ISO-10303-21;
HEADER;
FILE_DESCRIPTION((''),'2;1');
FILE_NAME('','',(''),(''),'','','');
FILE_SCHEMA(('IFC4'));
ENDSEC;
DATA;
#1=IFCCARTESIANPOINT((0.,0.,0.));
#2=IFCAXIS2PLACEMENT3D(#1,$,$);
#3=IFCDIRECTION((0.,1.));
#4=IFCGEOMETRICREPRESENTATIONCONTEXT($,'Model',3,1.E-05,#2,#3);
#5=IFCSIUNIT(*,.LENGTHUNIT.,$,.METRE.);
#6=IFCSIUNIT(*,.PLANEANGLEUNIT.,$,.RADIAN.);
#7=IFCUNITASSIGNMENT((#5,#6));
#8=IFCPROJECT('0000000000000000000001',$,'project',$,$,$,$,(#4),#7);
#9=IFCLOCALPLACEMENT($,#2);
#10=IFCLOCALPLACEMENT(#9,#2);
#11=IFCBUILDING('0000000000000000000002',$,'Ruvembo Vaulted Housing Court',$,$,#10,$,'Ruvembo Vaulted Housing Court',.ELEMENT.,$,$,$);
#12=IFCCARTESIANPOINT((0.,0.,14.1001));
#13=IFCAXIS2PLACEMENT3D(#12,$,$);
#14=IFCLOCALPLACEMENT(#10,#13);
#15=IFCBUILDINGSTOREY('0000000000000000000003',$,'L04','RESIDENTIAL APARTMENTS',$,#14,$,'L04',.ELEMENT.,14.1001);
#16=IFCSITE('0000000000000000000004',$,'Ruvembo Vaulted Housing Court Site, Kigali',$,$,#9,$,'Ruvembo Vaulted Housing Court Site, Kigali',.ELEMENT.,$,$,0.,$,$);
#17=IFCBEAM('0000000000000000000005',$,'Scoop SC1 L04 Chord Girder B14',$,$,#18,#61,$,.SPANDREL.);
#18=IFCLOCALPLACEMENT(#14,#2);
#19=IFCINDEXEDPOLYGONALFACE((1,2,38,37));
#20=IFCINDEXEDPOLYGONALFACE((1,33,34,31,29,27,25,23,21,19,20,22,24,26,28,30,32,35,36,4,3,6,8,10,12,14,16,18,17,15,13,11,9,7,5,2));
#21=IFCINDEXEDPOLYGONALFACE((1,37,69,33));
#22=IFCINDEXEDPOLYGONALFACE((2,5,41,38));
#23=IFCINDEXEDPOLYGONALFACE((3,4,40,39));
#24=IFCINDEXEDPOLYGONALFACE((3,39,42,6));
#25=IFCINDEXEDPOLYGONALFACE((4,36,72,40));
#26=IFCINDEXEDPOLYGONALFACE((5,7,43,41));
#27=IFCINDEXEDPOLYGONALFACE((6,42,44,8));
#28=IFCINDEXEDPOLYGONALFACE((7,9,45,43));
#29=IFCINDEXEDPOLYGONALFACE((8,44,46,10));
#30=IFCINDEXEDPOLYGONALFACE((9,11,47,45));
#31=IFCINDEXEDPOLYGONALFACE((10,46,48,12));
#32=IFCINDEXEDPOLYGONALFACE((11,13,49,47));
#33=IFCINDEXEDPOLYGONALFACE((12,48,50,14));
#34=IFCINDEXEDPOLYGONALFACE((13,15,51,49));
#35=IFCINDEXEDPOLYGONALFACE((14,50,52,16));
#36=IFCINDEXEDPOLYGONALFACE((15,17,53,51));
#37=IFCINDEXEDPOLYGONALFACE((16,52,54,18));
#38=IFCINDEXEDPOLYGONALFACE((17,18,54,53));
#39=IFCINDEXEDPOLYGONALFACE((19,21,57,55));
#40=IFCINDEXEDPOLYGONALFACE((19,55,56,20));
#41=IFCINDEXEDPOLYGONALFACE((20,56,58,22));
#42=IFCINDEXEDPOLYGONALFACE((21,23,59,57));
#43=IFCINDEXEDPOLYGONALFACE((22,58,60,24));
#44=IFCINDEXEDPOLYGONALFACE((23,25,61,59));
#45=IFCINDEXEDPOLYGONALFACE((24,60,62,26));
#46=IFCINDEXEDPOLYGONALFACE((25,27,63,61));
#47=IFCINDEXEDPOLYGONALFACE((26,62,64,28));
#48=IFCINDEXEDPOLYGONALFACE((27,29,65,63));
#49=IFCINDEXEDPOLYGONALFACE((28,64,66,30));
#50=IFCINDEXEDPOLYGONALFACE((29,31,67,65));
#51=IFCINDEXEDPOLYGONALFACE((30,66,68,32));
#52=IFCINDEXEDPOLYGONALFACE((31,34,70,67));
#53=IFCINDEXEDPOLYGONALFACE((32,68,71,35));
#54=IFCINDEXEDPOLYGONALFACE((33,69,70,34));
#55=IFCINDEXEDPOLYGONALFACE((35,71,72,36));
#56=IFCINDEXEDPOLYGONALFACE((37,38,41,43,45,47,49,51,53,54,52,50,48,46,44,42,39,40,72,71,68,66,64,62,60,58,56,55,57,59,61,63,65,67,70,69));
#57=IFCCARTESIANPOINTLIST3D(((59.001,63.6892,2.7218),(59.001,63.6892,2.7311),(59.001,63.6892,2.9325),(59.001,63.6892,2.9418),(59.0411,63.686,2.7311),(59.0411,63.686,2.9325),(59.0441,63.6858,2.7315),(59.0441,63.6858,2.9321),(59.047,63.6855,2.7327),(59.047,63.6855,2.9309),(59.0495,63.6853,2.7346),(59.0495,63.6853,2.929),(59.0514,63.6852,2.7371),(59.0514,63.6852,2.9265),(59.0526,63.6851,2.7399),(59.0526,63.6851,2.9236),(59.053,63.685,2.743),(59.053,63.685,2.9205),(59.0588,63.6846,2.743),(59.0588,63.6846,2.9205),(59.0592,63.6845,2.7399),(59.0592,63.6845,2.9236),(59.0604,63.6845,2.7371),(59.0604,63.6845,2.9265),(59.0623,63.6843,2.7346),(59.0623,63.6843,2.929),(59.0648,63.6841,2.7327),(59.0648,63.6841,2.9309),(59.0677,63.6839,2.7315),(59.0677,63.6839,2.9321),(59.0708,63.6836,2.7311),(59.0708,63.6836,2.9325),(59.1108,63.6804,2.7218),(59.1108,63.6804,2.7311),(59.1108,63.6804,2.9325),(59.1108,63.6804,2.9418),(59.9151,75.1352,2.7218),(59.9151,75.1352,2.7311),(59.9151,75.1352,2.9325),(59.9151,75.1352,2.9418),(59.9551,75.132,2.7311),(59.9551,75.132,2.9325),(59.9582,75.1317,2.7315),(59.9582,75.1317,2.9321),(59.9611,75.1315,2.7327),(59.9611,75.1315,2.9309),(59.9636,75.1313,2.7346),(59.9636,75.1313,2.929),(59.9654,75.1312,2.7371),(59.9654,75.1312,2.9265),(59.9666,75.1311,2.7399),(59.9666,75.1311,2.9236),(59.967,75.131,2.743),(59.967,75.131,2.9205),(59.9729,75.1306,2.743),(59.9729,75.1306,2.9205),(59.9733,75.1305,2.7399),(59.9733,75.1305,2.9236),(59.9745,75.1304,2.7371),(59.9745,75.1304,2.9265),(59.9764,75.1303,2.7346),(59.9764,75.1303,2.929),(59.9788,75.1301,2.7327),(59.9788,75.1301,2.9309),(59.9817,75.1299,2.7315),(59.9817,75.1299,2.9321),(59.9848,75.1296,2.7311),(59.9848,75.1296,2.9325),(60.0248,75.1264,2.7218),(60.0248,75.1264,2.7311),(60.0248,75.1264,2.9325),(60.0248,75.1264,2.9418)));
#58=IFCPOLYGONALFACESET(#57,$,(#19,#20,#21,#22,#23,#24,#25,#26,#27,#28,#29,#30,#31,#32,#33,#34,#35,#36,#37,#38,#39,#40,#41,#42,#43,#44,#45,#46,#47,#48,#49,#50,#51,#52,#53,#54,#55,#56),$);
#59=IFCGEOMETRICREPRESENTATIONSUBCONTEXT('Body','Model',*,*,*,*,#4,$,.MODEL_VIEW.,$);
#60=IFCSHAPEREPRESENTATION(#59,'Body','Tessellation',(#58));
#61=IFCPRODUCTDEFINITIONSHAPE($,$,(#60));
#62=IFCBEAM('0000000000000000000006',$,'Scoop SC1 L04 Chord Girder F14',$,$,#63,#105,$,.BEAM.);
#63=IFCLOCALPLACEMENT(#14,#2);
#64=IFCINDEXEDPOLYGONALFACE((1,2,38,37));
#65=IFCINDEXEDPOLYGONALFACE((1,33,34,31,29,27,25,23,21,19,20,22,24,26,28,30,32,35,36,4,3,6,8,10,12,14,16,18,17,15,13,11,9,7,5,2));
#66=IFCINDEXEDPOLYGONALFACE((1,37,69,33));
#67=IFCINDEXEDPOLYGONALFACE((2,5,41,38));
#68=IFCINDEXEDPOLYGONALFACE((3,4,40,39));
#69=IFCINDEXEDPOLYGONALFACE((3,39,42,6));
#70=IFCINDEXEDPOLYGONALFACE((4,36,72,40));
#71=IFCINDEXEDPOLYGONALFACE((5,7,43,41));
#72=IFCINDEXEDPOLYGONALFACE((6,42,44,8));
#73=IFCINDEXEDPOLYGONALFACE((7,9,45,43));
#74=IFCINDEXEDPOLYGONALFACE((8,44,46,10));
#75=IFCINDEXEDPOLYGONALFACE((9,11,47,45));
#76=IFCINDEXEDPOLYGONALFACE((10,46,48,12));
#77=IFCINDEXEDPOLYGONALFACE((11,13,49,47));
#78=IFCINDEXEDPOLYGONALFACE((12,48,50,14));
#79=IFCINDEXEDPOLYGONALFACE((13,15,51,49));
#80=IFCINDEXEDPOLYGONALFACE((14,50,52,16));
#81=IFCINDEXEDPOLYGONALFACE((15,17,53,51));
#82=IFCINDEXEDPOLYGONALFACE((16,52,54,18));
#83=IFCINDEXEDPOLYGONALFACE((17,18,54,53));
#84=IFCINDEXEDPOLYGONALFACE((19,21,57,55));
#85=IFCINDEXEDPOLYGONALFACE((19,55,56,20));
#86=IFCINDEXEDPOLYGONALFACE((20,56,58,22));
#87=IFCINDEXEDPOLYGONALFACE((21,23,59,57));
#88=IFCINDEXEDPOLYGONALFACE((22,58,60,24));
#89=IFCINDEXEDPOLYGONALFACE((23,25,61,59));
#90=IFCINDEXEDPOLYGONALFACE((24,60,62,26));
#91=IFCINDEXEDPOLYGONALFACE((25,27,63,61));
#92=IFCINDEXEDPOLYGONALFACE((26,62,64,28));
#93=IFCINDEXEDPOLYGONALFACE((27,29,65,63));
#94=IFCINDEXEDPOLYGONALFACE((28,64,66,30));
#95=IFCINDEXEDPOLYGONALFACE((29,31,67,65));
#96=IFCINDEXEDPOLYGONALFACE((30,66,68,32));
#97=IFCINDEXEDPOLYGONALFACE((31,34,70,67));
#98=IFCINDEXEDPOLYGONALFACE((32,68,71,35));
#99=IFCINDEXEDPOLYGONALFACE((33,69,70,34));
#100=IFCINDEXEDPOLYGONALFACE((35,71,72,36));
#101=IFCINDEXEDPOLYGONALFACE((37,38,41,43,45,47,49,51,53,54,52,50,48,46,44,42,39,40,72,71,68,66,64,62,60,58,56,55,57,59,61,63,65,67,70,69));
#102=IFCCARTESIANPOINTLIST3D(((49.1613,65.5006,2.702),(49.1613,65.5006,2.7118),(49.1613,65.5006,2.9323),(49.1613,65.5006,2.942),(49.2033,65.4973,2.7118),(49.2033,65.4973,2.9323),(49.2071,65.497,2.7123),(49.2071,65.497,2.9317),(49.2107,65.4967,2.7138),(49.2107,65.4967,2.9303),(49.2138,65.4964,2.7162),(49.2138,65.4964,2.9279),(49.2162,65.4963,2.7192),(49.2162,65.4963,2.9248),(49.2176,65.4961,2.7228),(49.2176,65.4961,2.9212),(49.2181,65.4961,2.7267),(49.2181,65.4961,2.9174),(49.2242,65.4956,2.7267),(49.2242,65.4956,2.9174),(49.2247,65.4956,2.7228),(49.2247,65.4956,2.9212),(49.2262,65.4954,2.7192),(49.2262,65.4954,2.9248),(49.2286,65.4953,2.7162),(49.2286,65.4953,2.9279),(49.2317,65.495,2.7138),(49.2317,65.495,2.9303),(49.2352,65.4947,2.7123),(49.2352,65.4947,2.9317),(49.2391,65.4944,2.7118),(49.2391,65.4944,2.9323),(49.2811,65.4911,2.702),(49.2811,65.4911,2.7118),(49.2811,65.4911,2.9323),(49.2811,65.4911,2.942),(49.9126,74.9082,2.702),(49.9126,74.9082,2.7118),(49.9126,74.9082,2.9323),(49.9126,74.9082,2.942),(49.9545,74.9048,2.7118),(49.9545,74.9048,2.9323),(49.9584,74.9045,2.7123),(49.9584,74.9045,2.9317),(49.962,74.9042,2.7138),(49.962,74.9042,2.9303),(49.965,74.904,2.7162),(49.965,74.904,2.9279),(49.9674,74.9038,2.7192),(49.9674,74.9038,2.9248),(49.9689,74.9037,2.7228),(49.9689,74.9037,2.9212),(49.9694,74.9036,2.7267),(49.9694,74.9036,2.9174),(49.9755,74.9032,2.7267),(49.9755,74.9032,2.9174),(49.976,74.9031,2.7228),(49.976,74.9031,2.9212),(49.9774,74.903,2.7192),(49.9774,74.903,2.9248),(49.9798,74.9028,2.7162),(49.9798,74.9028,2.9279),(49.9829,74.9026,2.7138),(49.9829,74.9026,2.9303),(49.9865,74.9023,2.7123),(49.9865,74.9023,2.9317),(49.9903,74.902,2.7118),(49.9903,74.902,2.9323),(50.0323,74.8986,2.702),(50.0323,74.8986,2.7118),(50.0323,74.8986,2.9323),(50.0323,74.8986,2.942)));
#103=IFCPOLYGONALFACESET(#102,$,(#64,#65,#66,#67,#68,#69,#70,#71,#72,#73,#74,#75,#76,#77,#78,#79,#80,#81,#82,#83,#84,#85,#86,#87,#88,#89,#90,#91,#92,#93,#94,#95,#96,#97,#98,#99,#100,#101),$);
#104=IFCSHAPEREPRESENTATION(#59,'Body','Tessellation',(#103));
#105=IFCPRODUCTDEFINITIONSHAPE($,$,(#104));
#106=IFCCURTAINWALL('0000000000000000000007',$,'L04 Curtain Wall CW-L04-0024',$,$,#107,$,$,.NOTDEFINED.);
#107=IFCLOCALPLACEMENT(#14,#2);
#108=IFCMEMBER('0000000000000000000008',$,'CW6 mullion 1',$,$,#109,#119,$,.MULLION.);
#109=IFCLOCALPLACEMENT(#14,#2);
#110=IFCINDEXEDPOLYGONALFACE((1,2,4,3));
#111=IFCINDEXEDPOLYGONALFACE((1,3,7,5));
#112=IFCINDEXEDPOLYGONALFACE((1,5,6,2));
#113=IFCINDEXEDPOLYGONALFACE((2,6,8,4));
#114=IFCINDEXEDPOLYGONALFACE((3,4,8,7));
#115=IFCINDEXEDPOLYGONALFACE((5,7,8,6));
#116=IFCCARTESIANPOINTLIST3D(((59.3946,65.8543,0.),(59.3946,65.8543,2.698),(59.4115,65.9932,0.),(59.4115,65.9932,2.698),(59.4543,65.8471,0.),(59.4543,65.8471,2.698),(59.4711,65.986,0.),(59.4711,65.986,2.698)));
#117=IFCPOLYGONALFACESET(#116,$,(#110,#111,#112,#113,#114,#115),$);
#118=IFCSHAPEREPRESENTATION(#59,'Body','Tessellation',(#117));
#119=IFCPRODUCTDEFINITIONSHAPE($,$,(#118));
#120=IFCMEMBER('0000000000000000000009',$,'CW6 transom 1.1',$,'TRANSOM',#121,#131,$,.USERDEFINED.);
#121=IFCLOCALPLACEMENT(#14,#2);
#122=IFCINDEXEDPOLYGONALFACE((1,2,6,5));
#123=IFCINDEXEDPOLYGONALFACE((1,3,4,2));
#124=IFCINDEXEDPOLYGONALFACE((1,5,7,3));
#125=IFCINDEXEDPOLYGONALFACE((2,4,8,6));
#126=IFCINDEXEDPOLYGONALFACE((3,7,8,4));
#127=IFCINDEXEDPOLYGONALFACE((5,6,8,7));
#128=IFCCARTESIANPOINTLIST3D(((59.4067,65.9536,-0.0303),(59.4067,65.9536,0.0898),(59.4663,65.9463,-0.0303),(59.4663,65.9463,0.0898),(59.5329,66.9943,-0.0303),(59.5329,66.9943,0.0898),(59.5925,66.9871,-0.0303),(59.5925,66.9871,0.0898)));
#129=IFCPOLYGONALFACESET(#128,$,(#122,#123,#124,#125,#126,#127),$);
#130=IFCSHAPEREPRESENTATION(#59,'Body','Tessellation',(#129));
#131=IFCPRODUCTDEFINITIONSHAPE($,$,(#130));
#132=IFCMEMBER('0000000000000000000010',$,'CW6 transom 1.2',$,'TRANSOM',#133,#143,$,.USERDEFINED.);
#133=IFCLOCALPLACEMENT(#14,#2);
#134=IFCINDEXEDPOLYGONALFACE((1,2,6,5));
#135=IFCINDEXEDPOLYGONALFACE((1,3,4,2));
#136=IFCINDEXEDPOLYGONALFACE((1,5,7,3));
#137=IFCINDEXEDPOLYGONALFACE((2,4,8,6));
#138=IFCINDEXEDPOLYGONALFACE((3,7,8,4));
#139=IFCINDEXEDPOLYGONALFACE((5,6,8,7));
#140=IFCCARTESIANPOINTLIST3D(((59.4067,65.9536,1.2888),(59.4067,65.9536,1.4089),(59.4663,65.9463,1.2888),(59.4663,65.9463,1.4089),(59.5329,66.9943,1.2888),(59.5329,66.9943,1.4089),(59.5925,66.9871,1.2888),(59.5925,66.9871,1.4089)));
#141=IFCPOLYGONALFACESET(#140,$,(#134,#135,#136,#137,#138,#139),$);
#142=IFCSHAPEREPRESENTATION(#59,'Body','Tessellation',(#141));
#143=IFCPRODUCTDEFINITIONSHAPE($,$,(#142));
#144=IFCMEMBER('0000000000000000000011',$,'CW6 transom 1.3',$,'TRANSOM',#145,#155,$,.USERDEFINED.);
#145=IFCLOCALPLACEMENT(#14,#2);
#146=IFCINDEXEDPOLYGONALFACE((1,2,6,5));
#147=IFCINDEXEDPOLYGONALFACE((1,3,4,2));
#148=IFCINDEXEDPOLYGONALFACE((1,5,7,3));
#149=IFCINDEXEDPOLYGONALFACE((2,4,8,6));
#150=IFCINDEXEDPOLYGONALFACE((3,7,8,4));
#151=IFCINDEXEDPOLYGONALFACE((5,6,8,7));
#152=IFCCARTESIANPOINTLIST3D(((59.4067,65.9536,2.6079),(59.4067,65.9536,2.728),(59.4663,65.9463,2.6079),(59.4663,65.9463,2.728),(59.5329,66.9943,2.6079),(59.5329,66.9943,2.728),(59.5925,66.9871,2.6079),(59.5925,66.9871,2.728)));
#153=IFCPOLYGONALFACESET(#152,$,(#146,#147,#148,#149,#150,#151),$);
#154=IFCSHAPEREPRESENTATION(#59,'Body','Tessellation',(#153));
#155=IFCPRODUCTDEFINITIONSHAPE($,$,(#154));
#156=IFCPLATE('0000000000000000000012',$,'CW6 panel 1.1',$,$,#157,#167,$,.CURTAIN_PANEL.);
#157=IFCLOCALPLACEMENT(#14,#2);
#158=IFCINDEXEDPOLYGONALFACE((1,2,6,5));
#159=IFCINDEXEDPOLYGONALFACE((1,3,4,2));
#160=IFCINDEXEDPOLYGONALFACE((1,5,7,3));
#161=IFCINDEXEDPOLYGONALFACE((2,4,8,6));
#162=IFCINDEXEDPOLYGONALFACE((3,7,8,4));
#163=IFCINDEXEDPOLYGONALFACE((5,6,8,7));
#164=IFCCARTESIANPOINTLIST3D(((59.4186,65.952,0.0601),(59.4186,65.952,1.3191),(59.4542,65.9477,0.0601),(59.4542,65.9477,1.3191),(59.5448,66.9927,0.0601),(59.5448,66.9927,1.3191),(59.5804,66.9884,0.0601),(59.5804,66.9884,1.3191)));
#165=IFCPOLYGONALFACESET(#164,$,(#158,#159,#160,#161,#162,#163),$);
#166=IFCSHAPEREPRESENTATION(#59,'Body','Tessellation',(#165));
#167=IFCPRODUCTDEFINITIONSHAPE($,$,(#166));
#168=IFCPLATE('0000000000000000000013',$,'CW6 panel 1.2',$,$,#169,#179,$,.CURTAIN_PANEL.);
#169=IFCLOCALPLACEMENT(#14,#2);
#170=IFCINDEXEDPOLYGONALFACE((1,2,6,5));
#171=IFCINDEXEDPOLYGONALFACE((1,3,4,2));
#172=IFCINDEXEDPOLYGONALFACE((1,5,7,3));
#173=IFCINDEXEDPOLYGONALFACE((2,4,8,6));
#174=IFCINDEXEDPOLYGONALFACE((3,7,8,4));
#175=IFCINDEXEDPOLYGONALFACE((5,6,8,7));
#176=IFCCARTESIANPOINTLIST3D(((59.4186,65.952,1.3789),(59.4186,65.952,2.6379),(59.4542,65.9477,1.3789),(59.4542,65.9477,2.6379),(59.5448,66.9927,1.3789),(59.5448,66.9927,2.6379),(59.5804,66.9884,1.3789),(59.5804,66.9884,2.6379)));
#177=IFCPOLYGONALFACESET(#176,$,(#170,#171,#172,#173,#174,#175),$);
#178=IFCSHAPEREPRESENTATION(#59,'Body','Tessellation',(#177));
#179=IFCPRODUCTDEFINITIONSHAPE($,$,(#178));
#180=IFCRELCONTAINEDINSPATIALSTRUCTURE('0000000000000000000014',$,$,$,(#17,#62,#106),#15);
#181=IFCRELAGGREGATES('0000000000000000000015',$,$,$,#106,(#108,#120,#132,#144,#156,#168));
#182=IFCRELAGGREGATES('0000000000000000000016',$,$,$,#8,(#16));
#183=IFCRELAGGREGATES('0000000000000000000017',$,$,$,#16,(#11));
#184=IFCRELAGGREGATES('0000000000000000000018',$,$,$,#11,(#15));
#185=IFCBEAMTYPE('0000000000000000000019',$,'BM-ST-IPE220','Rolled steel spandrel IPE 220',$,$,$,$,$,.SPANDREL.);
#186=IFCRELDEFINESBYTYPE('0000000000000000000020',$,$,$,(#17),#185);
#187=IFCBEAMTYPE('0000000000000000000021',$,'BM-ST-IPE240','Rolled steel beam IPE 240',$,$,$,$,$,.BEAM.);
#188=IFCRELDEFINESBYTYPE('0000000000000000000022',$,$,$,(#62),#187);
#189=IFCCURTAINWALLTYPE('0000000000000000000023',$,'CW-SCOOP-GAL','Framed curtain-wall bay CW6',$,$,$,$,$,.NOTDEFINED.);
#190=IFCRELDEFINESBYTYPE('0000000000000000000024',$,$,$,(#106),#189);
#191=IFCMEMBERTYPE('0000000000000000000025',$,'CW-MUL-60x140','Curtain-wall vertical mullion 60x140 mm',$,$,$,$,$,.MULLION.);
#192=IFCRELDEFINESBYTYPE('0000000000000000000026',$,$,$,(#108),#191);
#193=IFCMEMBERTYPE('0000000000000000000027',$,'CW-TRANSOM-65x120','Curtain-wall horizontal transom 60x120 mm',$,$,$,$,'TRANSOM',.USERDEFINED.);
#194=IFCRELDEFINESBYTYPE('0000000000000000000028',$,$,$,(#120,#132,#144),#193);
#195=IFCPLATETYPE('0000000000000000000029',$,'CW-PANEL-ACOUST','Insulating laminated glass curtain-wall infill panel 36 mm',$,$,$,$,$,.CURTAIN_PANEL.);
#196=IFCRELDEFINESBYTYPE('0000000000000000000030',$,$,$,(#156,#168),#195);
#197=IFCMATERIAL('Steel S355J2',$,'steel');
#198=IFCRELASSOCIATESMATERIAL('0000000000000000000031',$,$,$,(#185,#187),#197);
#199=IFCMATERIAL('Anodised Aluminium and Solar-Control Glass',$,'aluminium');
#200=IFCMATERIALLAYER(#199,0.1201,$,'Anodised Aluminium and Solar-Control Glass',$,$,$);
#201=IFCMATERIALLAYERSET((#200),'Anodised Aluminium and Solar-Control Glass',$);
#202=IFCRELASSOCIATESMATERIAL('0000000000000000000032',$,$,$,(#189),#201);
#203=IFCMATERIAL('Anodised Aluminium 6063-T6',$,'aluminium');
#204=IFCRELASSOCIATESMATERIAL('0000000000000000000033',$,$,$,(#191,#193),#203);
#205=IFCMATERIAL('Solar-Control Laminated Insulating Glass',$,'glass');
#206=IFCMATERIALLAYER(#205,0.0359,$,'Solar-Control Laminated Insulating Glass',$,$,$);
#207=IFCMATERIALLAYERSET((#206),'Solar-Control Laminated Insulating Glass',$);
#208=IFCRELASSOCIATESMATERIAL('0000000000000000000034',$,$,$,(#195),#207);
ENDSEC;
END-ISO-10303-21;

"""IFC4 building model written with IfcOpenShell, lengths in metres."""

from ifc_helpers import new_model, si_unit, direction, frame, origin, origin_2d, place, context, subcontext, project, spatial, rectangle, i_section, extrude, material, layer, layer_set, material_profile, profile_set, type_object, element, aggregate, save


model = new_model("IFC4")

# Units and contexts
model_context = context("Model", 3, precision=1e-05, world=origin(), true_north=direction((0.0, 1.0)))
body_context = subcontext(model_context, "Body", "Model", "MODEL_VIEW")
ifc_project = project(units=[si_unit("LENGTHUNIT", "METRE"), si_unit("PLANEANGLEUNIT", "RADIAN")], contexts=[model_context])

# Site, building, storey
site_placement = place(None, origin())
site = spatial("IfcSite", under=ifc_project, at=site_placement, Name="Ruvembo Vaulted Housing Court Site, Kigali", LongName="Ruvembo Vaulted Housing Court Site, Kigali", CompositionType="ELEMENT", RefElevation=0.0)
building_placement = place(site_placement, origin())
building = spatial("IfcBuilding", under=site, at=building_placement, Name="Ruvembo Vaulted Housing Court", LongName="Ruvembo Vaulted Housing Court", CompositionType="ELEMENT")
storey_placement = place(building_placement, frame((0.0, 0.0, 14.1001)))
storey = spatial("IfcBuildingStorey", under=building, at=storey_placement, Name="L04", Description="RESIDENTIAL APARTMENTS", LongName="L04", CompositionType="ELEMENT", Elevation=14.1001)

# Beams
ifc_material_1 = material(Name="Steel S355J2", Category="steel")
ifc_material_profile_1 = material_profile(ifc_material_1, i_section(OverallWidth=0.1101, OverallDepth=0.22, WebThickness=0.0059, FlangeThickness=0.0093, FilletRadius=0.012, at=origin_2d()), Name="IPE 220")
ifc_profile_set_1 = profile_set([ifc_material_profile_1], Name="Steel S355J2")
beam_type_1 = type_object("IfcBeamType", Name="BM-ST-IPE220", Description="Rolled steel spandrel IPE 220", PredefinedType="SPANDREL", material=ifc_profile_set_1)
beam_1_placement = place(storey_placement, frame((59.0559, 63.6848, 2.8318), z_axis=(0.079605, 0.996826, 0.0), x_axis=(-0.996826, 0.079605, 0.0)))
element("IfcBeam", 1, at=beam_1_placement, inside=storey, type_object=beam_type_1, Name="Scoop SC1 L04 Chord Girder B14", PredefinedType="SPANDREL", context=body_context, shape_type="SweptSolid", body=[
    extrude(i_section(OverallWidth=0.1101, OverallDepth=0.22, WebThickness=0.0059, FlangeThickness=0.0093, FilletRadius=0.012, at=origin_2d()), origin(), (0.0, 0.0, 1.0), 11.4824),
])
ifc_material_profile_2 = material_profile(ifc_material_1, i_section(OverallWidth=0.1201, OverallDepth=0.24, WebThickness=0.0061, FlangeThickness=0.0098, FilletRadius=0.0149, at=origin_2d()), Name="IPE 240")
ifc_profile_set_2 = profile_set([ifc_material_profile_2], Name="Steel S355J2")
beam_type_2 = type_object("IfcBeamType", Name="BM-ST-IPE240", Description="Rolled steel beam IPE 240", PredefinedType="BEAM", material=ifc_profile_set_2)
beam_2_placement = place(storey_placement, frame((49.2212, 65.4958, 2.822), z_axis=(0.0796, 0.996827, 0.0), x_axis=(-0.996827, 0.0796, 0.0)))
element("IfcBeam", 2, at=beam_2_placement, inside=storey, type_object=beam_type_2, Name="Scoop SC1 L04 Chord Girder F14", PredefinedType="BEAM", context=body_context, shape_type="SweptSolid", body=[
    extrude(i_section(OverallWidth=0.1201, OverallDepth=0.24, WebThickness=0.0061, FlangeThickness=0.0098, FilletRadius=0.0149, at=origin_2d()), origin(), (0.0, 0.0, 1.0), 9.4375),
])

# Curtain wall, members, plates
ifc_material_2 = material(Name="Anodised Aluminium and Solar-Control Glass", Category="aluminium")
ifc_layer_1 = layer(ifc_material_2, 0.1201, Name="Anodised Aluminium and Solar-Control Glass")
ifc_layer_set_1 = layer_set([ifc_layer_1], Name="Anodised Aluminium and Solar-Control Glass")
curtain_wall_type = type_object("IfcCurtainWallType", Name="CW-SCOOP-GAL", Description="Framed curtain-wall bay CW6", PredefinedType="NOTDEFINED", material=ifc_layer_set_1)
curtain_wall_placement = place(storey_placement, origin())
curtain_wall = element("IfcCurtainWall", 3, at=curtain_wall_placement, inside=storey, type_object=curtain_wall_type, Name="L04 Curtain Wall CW-L04-0024", PredefinedType="NOTDEFINED")
ifc_material_3 = material(Name="Anodised Aluminium 6063-T6", Category="aluminium")
ifc_material_profile_3 = material_profile(ifc_material_3, rectangle(XDim=0.0601, YDim=0.1399, at=origin_2d()), Name="ALU 60x140")
ifc_profile_set_3 = profile_set([ifc_material_profile_3], Name="Anodised Aluminium 6063-T6")
member_type_1 = type_object("IfcMemberType", Name="CW-MUL-60x140", Description="Curtain-wall vertical mullion 60x140 mm", PredefinedType="MULLION", material=ifc_profile_set_3)
member_1_placement = place(storey_placement, frame((59.4329, 65.9202, 0.0), z_axis=(0.0, 0.0, 1.0), x_axis=(-0.992725, 0.120401, 0.0)))
member_1 = element("IfcMember", 4, at=member_1_placement, type_object=member_type_1, Name="CW6 mullion 1", PredefinedType="MULLION", context=body_context, shape_type="SweptSolid", body=[
    extrude(rectangle(XDim=0.0601, YDim=0.1399, at=origin_2d()), origin(), (0.0, 0.0, 1.0), 2.698),
])
ifc_material_profile_4 = material_profile(ifc_material_3, rectangle(XDim=0.0601, YDim=0.1201, at=origin_2d()), Name="ALU 60x120")
ifc_profile_set_4 = profile_set([ifc_material_profile_4], Name="Anodised Aluminium 6063-T6")
member_type_2 = type_object("IfcMemberType", Name="CW-TRANSOM-65x120", Description="Curtain-wall horizontal transom 60x120 mm", ElementType="TRANSOM", PredefinedType="USERDEFINED", material=ifc_profile_set_4)
member_2_placement = place(storey_placement, frame((59.4365, 65.95, 0.0298), z_axis=(0.120394, 0.992726, 0.0), x_axis=(-0.992726, 0.120394, 0.0)))
member_2 = element("IfcMember", 5, at=member_2_placement, type_object=member_type_2, Name="CW6 transom 1.1", ObjectType="TRANSOM", PredefinedType="USERDEFINED", context=body_context, shape_type="SweptSolid", body=[
    extrude(rectangle(XDim=0.0601, YDim=0.1201, at=origin_2d()), origin(), (0.0, 0.0, 1.0), 1.0483),
])
member_3_placement = place(storey_placement, frame((59.4365, 65.95, 1.3489), z_axis=(0.120394, 0.992726, 0.0), x_axis=(-0.992726, 0.120394, 0.0)))
member_3 = element("IfcMember", 6, at=member_3_placement, type_object=member_type_2, Name="CW6 transom 1.2", ObjectType="TRANSOM", PredefinedType="USERDEFINED", context=body_context, shape_type="SweptSolid", body=[
    extrude(rectangle(XDim=0.0601, YDim=0.1201, at=origin_2d()), origin(), (0.0, 0.0, 1.0), 1.0483),
])
member_4_placement = place(storey_placement, frame((59.4365, 65.95, 2.668), z_axis=(0.120394, 0.992726, 0.0), x_axis=(-0.992726, 0.120394, 0.0)))
member_4 = element("IfcMember", 7, at=member_4_placement, type_object=member_type_2, Name="CW6 transom 1.3", ObjectType="TRANSOM", PredefinedType="USERDEFINED", context=body_context, shape_type="SweptSolid", body=[
    extrude(rectangle(XDim=0.0601, YDim=0.1201, at=origin_2d()), origin(), (0.0, 0.0, 1.0), 1.0483),
])
ifc_material_4 = material(Name="Solar-Control Laminated Insulating Glass", Category="glass")
ifc_layer_2 = layer(ifc_material_4, 0.0359, Name="Solar-Control Laminated Insulating Glass")
ifc_layer_set_2 = layer_set([ifc_layer_2], Name="Solar-Control Laminated Insulating Glass")
plate_type = type_object("IfcPlateType", Name="CW-PANEL-ACOUST", Description="Insulating laminated glass curtain-wall infill panel 36 mm", PredefinedType="CURTAIN_PANEL", material=ifc_layer_set_2)
plate_1_placement = place(storey_placement, frame((59.4995, 66.4702, 0.0601), z_axis=(0.0, 0.0, 1.0), x_axis=(0.120401, 0.992725, 0.0)))
plate_1 = element("IfcPlate", 8, at=plate_1_placement, type_object=plate_type, Name="CW6 panel 1.1", PredefinedType="CURTAIN_PANEL", context=body_context, shape_type="SweptSolid", body=[
    extrude(rectangle(XDim=1.0483, YDim=0.0359, at=origin_2d()), origin(), (0.0, 0.0, 1.0), 1.259),
])
plate_2_placement = place(storey_placement, frame((59.4995, 66.4702, 1.3789), z_axis=(0.0, 0.0, 1.0), x_axis=(0.120401, 0.992725, 0.0)))
plate_2 = element("IfcPlate", 9, at=plate_2_placement, type_object=plate_type, Name="CW6 panel 1.2", PredefinedType="CURTAIN_PANEL", context=body_context, shape_type="SweptSolid", body=[
    extrude(rectangle(XDim=1.0483, YDim=0.0359, at=origin_2d()), origin(), (0.0, 0.0, 1.0), 1.259),
])
aggregate(curtain_wall, [member_1, member_2, member_3, member_4, plate_1, plate_2])

save(model, "model.ifc")
